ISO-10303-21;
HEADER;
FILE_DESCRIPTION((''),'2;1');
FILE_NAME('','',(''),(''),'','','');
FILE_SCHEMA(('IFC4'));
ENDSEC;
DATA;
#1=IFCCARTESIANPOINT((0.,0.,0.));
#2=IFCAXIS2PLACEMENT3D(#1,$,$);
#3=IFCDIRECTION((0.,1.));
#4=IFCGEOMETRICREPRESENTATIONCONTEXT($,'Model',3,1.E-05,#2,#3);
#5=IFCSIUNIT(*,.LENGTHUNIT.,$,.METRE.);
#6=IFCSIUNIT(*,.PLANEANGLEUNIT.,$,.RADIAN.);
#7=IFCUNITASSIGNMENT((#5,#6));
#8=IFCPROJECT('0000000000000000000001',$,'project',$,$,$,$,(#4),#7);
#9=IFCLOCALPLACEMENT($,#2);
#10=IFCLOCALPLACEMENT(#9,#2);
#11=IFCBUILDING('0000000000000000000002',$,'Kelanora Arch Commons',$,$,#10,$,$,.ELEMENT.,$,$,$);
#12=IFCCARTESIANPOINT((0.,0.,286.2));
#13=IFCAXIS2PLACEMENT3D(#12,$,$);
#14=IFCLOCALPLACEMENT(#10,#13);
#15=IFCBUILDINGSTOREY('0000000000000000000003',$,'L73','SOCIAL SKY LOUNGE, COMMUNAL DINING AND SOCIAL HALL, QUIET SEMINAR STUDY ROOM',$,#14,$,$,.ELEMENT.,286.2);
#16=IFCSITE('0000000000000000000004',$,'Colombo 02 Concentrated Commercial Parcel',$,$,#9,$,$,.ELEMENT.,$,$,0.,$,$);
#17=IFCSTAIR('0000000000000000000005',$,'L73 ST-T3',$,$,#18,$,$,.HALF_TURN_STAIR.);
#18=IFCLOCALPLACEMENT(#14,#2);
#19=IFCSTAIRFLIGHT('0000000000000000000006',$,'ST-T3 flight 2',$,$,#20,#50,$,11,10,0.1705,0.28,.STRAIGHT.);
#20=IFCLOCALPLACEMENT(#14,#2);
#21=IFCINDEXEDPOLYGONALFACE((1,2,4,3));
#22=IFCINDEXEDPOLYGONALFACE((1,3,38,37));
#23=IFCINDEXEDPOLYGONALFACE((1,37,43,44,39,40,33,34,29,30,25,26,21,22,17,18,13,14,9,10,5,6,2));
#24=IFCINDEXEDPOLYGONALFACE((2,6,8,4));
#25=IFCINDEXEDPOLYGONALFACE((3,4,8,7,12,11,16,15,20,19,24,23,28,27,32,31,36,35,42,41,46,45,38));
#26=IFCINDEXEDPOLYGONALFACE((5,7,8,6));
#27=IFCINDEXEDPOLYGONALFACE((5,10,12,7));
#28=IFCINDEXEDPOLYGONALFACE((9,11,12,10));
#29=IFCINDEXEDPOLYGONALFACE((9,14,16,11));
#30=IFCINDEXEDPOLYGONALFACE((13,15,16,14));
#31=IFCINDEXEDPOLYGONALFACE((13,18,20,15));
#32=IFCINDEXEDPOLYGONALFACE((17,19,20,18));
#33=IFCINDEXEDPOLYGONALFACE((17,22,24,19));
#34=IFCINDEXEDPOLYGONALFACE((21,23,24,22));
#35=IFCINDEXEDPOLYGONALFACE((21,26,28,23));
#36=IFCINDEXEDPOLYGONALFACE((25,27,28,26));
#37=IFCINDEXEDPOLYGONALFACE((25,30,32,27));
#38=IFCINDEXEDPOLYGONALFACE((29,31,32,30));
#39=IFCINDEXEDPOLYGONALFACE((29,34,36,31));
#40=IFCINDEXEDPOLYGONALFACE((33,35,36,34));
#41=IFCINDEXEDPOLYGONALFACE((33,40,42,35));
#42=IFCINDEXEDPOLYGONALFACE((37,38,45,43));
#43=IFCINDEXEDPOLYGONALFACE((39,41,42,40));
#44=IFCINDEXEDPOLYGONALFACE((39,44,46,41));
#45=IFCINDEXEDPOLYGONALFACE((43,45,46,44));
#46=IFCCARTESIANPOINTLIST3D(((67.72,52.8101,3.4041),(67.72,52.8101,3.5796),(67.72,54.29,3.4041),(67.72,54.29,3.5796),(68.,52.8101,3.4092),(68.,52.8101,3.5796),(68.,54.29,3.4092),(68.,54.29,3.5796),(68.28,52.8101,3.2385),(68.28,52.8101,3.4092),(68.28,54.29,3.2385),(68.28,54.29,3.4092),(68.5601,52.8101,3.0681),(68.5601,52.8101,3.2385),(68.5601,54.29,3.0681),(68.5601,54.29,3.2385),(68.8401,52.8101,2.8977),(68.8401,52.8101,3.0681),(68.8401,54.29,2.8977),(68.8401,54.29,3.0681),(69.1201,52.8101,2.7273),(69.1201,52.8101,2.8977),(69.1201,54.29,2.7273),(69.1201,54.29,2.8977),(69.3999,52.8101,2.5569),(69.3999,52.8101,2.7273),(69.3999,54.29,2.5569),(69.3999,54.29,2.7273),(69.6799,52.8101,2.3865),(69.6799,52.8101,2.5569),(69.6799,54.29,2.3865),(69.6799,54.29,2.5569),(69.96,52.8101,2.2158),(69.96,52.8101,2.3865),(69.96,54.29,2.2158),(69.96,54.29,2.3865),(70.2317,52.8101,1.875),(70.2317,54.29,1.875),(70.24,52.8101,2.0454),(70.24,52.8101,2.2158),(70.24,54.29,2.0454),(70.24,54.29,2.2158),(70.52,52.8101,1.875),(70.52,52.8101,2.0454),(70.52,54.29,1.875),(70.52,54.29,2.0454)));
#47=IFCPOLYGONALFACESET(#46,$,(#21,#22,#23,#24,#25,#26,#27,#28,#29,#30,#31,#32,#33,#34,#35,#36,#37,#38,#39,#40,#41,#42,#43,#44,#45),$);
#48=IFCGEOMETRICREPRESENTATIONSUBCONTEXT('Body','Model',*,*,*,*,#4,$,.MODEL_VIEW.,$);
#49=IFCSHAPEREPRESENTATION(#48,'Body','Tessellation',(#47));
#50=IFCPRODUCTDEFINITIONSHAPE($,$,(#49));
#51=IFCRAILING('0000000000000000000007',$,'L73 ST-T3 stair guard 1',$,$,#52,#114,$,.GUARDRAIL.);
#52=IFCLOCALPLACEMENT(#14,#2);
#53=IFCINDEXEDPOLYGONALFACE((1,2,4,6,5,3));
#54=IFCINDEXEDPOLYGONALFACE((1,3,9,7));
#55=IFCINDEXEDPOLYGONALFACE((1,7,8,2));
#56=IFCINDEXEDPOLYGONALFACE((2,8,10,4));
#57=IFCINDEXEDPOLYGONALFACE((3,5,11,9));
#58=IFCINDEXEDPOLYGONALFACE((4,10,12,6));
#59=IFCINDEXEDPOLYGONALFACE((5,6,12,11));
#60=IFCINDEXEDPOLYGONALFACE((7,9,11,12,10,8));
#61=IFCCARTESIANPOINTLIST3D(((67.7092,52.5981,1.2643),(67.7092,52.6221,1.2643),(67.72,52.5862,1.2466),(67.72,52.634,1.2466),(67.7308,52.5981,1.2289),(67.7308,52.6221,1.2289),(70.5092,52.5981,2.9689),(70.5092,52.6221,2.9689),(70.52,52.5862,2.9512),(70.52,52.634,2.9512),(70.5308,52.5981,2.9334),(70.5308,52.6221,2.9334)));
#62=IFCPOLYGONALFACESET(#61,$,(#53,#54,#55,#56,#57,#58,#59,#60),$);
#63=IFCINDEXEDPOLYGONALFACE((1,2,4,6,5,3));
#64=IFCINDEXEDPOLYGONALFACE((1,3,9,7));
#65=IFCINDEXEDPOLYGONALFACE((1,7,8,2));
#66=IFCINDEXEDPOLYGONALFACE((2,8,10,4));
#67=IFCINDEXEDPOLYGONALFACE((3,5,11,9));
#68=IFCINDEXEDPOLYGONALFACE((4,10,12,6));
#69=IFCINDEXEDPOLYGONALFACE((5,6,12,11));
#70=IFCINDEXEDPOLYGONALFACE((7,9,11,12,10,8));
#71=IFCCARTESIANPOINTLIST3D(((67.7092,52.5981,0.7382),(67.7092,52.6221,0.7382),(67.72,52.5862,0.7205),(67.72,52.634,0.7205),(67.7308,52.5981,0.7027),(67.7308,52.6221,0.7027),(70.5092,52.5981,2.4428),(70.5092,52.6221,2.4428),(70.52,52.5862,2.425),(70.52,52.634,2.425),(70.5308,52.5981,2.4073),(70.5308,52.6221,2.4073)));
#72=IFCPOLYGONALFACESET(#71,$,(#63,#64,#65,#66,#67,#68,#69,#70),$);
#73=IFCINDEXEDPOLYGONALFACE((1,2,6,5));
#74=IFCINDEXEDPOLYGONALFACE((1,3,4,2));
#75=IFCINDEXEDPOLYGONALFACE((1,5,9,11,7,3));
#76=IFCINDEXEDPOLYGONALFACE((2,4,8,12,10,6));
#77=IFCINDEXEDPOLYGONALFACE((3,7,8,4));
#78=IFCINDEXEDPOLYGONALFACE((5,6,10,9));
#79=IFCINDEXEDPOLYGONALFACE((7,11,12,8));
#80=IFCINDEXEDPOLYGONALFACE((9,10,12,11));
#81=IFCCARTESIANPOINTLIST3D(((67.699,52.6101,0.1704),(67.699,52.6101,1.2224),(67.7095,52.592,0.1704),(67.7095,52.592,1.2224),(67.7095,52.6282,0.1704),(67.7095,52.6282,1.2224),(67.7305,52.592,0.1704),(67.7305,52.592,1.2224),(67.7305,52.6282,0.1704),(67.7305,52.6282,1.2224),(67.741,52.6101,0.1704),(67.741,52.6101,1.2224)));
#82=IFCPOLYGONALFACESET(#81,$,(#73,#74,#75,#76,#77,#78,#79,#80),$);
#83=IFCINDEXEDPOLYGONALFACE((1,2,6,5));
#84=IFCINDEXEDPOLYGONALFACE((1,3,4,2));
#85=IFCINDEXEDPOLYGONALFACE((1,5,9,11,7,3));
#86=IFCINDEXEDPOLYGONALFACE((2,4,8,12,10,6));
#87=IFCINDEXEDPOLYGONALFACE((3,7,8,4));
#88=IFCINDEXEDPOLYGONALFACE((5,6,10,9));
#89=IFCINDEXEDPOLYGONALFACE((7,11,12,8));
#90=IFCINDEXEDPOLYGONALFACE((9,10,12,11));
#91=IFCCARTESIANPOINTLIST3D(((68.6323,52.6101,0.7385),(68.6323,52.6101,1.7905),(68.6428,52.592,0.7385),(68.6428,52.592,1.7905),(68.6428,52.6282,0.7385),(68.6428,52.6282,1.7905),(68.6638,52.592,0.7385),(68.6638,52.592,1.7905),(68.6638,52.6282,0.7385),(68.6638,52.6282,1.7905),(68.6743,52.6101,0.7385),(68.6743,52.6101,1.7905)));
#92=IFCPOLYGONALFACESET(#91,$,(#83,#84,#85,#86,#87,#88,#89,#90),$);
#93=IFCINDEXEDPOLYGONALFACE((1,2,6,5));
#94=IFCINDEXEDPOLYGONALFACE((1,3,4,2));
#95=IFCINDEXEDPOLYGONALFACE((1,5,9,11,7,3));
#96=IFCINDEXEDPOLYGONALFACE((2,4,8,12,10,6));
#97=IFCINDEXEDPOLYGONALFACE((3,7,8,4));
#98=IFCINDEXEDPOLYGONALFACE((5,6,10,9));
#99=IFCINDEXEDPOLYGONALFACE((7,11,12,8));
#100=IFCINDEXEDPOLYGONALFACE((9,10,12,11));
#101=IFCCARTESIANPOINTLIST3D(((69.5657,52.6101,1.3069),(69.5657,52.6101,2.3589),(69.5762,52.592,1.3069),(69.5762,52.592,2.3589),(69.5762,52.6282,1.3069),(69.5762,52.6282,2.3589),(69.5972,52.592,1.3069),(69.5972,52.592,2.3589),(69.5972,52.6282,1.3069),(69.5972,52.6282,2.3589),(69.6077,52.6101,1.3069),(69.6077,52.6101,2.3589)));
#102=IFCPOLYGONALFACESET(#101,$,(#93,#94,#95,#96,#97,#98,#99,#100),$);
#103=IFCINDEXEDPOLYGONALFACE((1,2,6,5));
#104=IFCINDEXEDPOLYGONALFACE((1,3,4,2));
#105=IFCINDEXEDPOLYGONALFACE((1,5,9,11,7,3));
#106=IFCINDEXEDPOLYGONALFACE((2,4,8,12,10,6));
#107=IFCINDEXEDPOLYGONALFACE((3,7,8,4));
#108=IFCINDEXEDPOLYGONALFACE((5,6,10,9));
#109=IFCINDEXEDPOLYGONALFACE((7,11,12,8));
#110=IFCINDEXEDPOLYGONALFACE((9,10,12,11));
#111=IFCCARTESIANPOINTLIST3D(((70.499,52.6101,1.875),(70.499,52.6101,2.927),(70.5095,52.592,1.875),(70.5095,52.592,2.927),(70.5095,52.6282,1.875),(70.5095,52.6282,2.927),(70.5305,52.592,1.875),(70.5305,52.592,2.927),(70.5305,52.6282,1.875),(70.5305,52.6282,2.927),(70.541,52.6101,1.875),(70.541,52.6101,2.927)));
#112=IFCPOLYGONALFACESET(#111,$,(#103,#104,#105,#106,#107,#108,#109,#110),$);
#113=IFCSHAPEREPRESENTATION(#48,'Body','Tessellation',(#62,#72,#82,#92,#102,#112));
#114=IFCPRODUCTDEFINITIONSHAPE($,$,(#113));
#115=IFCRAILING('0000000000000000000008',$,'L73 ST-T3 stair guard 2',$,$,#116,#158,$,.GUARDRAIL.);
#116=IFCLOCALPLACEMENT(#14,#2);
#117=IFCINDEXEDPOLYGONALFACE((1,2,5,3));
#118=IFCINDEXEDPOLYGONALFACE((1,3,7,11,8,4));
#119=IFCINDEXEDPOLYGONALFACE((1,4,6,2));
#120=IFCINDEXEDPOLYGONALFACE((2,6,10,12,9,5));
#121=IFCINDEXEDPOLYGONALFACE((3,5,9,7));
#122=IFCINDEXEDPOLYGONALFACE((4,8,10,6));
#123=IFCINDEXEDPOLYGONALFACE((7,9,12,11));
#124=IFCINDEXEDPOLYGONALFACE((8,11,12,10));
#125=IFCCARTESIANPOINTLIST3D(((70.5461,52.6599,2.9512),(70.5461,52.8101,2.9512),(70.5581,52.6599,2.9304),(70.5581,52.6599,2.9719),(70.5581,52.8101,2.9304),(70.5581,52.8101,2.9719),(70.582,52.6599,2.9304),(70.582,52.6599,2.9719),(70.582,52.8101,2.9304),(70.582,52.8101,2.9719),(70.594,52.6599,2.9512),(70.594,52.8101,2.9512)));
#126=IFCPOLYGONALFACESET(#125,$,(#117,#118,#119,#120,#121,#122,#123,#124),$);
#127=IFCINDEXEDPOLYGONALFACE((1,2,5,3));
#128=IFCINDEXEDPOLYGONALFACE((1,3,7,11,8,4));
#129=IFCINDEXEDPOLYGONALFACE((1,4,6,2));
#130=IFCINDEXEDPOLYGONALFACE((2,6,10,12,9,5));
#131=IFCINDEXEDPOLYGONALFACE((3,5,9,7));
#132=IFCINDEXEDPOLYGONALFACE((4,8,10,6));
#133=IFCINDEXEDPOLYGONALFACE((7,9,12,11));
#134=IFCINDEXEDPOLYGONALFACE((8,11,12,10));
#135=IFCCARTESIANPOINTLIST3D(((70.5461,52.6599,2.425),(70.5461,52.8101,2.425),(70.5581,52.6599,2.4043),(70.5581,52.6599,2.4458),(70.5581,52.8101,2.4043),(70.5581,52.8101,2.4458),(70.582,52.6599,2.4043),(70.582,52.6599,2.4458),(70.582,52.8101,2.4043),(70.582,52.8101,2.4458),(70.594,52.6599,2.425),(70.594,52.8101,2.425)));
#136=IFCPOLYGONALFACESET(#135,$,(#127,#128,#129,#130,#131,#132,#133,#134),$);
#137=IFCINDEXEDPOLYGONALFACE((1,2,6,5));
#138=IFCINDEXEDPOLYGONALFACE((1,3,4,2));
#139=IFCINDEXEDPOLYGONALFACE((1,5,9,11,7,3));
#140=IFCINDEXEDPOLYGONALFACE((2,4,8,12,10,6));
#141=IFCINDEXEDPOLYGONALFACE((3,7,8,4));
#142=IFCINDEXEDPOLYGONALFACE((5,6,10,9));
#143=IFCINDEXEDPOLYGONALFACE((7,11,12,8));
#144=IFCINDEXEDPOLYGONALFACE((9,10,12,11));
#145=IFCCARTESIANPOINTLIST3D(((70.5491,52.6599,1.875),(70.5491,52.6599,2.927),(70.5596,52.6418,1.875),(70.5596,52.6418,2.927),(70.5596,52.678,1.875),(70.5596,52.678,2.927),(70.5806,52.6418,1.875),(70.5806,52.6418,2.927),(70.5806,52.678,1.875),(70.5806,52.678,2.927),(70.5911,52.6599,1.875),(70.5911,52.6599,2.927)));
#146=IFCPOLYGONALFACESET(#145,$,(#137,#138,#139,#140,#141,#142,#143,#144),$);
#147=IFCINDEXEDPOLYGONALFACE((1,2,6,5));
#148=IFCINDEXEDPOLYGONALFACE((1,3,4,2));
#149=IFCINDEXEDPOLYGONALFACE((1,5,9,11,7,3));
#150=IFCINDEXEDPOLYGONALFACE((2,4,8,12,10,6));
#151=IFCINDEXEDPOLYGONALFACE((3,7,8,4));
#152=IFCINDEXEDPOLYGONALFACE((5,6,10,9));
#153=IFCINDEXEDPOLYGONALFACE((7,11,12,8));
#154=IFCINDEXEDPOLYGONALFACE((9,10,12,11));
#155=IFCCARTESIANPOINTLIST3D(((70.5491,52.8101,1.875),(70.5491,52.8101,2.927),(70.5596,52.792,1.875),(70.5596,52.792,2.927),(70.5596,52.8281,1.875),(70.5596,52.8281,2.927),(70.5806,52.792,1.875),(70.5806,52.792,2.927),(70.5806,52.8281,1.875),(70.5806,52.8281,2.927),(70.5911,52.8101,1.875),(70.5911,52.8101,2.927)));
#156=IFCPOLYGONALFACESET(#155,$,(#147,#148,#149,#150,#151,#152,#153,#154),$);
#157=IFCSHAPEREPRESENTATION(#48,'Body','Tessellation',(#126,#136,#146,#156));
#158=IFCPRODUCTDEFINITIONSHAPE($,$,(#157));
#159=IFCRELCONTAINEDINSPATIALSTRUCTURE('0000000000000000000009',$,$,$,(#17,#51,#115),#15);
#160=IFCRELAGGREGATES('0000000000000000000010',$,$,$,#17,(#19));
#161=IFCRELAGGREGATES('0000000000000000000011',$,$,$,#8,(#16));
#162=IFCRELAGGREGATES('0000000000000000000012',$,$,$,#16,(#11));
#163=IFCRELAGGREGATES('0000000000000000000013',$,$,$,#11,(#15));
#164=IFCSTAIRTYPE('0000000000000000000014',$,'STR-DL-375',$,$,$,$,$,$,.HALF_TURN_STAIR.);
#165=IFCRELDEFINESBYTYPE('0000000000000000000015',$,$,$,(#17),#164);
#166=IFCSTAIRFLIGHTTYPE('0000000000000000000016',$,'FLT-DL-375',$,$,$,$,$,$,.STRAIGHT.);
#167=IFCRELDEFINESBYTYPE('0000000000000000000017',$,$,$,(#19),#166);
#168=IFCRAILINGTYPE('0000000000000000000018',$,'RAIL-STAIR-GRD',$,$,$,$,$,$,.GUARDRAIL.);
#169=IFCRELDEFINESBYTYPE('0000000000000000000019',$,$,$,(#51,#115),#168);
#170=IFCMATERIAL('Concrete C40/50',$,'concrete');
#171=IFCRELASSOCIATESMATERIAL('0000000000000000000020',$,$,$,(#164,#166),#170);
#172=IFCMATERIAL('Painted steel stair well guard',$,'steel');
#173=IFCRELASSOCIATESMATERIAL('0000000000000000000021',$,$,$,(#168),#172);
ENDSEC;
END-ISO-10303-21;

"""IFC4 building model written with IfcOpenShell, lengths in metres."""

from ifc_helpers import new_model, si_unit, direction, frame, origin, place, context, subcontext, project, spatial, polyline, outline, extrude, material, type_object, element, aggregate, save


model = new_model("IFC4")

# Units and contexts
model_context = context("Model", 3, precision=1e-05, world=origin(), true_north=direction((0.0, 1.0)))
body_context = subcontext(model_context, "Body", "Model", "MODEL_VIEW")
ifc_project = project(units=[si_unit("LENGTHUNIT", "METRE"), si_unit("PLANEANGLEUNIT", "RADIAN")], contexts=[model_context])

# Site, building, storey
site_placement = place(None, origin())
site = spatial("IfcSite", under=ifc_project, at=site_placement, Name="Colombo 02 Concentrated Commercial Parcel", CompositionType="ELEMENT", RefElevation=0.0)
building_placement = place(site_placement, origin())
building = spatial("IfcBuilding", under=site, at=building_placement, Name="Kelanora Arch Commons", CompositionType="ELEMENT")
storey_placement = place(building_placement, frame((0.0, 0.0, 286.2)))
storey = spatial("IfcBuildingStorey", under=building, at=storey_placement, Name="L73", Description="SOCIAL SKY LOUNGE, COMMUNAL DINING AND SOCIAL HALL, QUIET SEMINAR STUDY ROOM", CompositionType="ELEMENT", Elevation=286.2)

# Shared definitions
ifc_material_1 = material(Name="Concrete C40/50", Category="concrete")

# Stair, stair flight
stair_type = type_object("IfcStairType", Name="STR-DL-375", PredefinedType="HALF_TURN_STAIR", material=ifc_material_1)
stair_placement = place(storey_placement, origin())
stair = element("IfcStair", 1, at=stair_placement, inside=storey, type_object=stair_type, Name="L73 ST-T3", PredefinedType="HALF_TURN_STAIR")
stair_flight_type = type_object("IfcStairFlightType", Name="FLT-DL-375", PredefinedType="STRAIGHT", material=ifc_material_1)
stair_flight_1_placement = place(storey_placement, frame((70.52, 53.55, 1.875), z_axis=(0.0, 0.0, 1.0), x_axis=(-1.0, 0.0, 0.0)))
stair_flight_1 = element("IfcStairFlight", 2, at=stair_flight_1_placement, type_object=stair_flight_type, Name="ST-T3 flight 2", NumberOfRisers=11, NumberOfTreads=10, PredefinedType="STRAIGHT", RiserHeight=0.1705, TreadLength=0.28, context=body_context, shape_type="SweptSolid", body=[
    extrude(outline(polyline([(0.0, 0.0), (0.0, 0.1704), (0.28, 0.1704), (0.28, 0.3408), (0.5601, 0.3408), (0.5601, 0.5115), (0.8401, 0.5115), (0.8401, 0.6819), (1.1201, 0.6819), (1.1201, 0.8523), (1.3999, 0.8523), (1.3999, 1.0227), (1.6799, 1.0227), (1.6799, 1.1931), (1.96, 1.1931), (1.96, 1.3635), (2.24, 1.3635), (2.24, 1.5342), (2.52, 1.5342), (2.52, 1.7046), (2.8, 1.7046), (2.8, 1.875), (2.8, 1.5291), (0.2883, 0.0), (0.0, 0.0)])), frame((0.0, 0.74, 0.0), z_axis=(0.0, -1.0, 0.0), x_axis=(1.0, 0.0, 0.0)), (0.0, 0.0, 1.0), 1.48),
])
aggregate(stair, [stair_flight_1])

# Railings
ifc_material_2 = material(Name="Painted steel stair well guard", Category="steel")
railing_type_1 = type_object("IfcRailingType", Name="RAIL-STAIR-GRD", PredefinedType="GUARDRAIL", material=ifc_material_2)
railing_1_placement = place(storey_placement, frame((67.72, 52.6101, 0.1704)))
element("IfcRailing", 3, at=railing_1_placement, inside=storey, type_object=railing_type_1, Name="L73 ST-T3 stair guard 1", PredefinedType="GUARDRAIL", context=body_context, shape_type="SweptSolid", body=[
    extrude(outline(polyline([(0.0239, 0.0), (0.012, 0.0208), (-0.012, 0.0208), (-0.0239, 0.0), (-0.012, -0.0208), (0.012, -0.0208), (0.0239, 0.0)])), frame((0.0, 0.0, 1.0762), z_axis=(0.85417, 0.0, 0.519994), x_axis=(0.0, 1.0, 0.0)), (0.0, 0.0, 1.0), 3.2781),
    extrude(outline(polyline([(0.0239, 0.0), (0.012, 0.0208), (-0.012, 0.0208), (-0.0239, 0.0), (-0.012, -0.0208), (0.012, -0.0208), (0.0239, 0.0)])), frame((0.0, 0.0, 0.55), z_axis=(0.85417, 0.0, 0.519994), x_axis=(0.0, 1.0, 0.0)), (0.0, 0.0, 1.0), 3.2781),
    extrude(outline(polyline([(0.021, 0.0), (0.0105, 0.0181), (-0.0105, 0.0181), (-0.021, 0.0), (-0.0105, -0.0181), (0.0105, -0.0181), (0.021, 0.0)])), origin(), (0.0, 0.0, 1.0), 1.052),
    extrude(outline(polyline([(0.021, 0.0), (0.0105, 0.0181), (-0.0105, 0.0181), (-0.021, 0.0), (-0.0105, -0.0181), (0.0105, -0.0181), (0.021, 0.0)])), frame((0.9333, 0.0, 0.5681)), (0.0, 0.0, 1.0), 1.052),
    extrude(outline(polyline([(0.021, 0.0), (0.0105, 0.0181), (-0.0105, 0.0181), (-0.021, 0.0), (-0.0105, -0.0181), (0.0105, -0.0181), (0.021, 0.0)])), frame((1.8667, 0.0, 1.1365)), (0.0, 0.0, 1.0), 1.052),
    extrude(outline(polyline([(0.021, 0.0), (0.0105, 0.0181), (-0.0105, 0.0181), (-0.021, 0.0), (-0.0105, -0.0181), (0.0105, -0.0181), (0.021, 0.0)])), frame((2.8, 0.0, 1.7046)), (0.0, 0.0, 1.0), 1.052),
])
railing_2_placement = place(storey_placement, frame((70.5701, 52.6599, 1.875)))
element("IfcRailing", 4, at=railing_2_placement, inside=storey, type_object=railing_type_1, Name="L73 ST-T3 stair guard 2", PredefinedType="GUARDRAIL", context=body_context, shape_type="SweptSolid", body=[
    extrude(outline(polyline([(0.0239, 0.0), (0.012, 0.0208), (-0.012, 0.0208), (-0.0239, 0.0), (-0.012, -0.0208), (0.012, -0.0208), (0.0239, 0.0)])), frame((0.0, 0.0, 1.0762), z_axis=(0.0, 1.0, 0.0), x_axis=(-1.0, 0.0, 0.0)), (0.0, 0.0, 1.0), 0.1501),
    extrude(outline(polyline([(0.0239, 0.0), (0.012, 0.0208), (-0.012, 0.0208), (-0.0239, 0.0), (-0.012, -0.0208), (0.012, -0.0208), (0.0239, 0.0)])), frame((0.0, 0.0, 0.55), z_axis=(0.0, 1.0, 0.0), x_axis=(-1.0, 0.0, 0.0)), (0.0, 0.0, 1.0), 0.1501),
    extrude(outline(polyline([(0.021, 0.0), (0.0105, 0.0181), (-0.0105, 0.0181), (-0.021, 0.0), (-0.0105, -0.0181), (0.0105, -0.0181), (0.021, 0.0)])), origin(), (0.0, 0.0, 1.0), 1.052),
    extrude(outline(polyline([(0.021, 0.0), (0.0105, 0.0181), (-0.0105, 0.0181), (-0.021, 0.0), (-0.0105, -0.0181), (0.0105, -0.0181), (0.021, 0.0)])), frame((0.0, 0.1501, 0.0)), (0.0, 0.0, 1.0), 1.052),
])

save(model, "model.ifc")
